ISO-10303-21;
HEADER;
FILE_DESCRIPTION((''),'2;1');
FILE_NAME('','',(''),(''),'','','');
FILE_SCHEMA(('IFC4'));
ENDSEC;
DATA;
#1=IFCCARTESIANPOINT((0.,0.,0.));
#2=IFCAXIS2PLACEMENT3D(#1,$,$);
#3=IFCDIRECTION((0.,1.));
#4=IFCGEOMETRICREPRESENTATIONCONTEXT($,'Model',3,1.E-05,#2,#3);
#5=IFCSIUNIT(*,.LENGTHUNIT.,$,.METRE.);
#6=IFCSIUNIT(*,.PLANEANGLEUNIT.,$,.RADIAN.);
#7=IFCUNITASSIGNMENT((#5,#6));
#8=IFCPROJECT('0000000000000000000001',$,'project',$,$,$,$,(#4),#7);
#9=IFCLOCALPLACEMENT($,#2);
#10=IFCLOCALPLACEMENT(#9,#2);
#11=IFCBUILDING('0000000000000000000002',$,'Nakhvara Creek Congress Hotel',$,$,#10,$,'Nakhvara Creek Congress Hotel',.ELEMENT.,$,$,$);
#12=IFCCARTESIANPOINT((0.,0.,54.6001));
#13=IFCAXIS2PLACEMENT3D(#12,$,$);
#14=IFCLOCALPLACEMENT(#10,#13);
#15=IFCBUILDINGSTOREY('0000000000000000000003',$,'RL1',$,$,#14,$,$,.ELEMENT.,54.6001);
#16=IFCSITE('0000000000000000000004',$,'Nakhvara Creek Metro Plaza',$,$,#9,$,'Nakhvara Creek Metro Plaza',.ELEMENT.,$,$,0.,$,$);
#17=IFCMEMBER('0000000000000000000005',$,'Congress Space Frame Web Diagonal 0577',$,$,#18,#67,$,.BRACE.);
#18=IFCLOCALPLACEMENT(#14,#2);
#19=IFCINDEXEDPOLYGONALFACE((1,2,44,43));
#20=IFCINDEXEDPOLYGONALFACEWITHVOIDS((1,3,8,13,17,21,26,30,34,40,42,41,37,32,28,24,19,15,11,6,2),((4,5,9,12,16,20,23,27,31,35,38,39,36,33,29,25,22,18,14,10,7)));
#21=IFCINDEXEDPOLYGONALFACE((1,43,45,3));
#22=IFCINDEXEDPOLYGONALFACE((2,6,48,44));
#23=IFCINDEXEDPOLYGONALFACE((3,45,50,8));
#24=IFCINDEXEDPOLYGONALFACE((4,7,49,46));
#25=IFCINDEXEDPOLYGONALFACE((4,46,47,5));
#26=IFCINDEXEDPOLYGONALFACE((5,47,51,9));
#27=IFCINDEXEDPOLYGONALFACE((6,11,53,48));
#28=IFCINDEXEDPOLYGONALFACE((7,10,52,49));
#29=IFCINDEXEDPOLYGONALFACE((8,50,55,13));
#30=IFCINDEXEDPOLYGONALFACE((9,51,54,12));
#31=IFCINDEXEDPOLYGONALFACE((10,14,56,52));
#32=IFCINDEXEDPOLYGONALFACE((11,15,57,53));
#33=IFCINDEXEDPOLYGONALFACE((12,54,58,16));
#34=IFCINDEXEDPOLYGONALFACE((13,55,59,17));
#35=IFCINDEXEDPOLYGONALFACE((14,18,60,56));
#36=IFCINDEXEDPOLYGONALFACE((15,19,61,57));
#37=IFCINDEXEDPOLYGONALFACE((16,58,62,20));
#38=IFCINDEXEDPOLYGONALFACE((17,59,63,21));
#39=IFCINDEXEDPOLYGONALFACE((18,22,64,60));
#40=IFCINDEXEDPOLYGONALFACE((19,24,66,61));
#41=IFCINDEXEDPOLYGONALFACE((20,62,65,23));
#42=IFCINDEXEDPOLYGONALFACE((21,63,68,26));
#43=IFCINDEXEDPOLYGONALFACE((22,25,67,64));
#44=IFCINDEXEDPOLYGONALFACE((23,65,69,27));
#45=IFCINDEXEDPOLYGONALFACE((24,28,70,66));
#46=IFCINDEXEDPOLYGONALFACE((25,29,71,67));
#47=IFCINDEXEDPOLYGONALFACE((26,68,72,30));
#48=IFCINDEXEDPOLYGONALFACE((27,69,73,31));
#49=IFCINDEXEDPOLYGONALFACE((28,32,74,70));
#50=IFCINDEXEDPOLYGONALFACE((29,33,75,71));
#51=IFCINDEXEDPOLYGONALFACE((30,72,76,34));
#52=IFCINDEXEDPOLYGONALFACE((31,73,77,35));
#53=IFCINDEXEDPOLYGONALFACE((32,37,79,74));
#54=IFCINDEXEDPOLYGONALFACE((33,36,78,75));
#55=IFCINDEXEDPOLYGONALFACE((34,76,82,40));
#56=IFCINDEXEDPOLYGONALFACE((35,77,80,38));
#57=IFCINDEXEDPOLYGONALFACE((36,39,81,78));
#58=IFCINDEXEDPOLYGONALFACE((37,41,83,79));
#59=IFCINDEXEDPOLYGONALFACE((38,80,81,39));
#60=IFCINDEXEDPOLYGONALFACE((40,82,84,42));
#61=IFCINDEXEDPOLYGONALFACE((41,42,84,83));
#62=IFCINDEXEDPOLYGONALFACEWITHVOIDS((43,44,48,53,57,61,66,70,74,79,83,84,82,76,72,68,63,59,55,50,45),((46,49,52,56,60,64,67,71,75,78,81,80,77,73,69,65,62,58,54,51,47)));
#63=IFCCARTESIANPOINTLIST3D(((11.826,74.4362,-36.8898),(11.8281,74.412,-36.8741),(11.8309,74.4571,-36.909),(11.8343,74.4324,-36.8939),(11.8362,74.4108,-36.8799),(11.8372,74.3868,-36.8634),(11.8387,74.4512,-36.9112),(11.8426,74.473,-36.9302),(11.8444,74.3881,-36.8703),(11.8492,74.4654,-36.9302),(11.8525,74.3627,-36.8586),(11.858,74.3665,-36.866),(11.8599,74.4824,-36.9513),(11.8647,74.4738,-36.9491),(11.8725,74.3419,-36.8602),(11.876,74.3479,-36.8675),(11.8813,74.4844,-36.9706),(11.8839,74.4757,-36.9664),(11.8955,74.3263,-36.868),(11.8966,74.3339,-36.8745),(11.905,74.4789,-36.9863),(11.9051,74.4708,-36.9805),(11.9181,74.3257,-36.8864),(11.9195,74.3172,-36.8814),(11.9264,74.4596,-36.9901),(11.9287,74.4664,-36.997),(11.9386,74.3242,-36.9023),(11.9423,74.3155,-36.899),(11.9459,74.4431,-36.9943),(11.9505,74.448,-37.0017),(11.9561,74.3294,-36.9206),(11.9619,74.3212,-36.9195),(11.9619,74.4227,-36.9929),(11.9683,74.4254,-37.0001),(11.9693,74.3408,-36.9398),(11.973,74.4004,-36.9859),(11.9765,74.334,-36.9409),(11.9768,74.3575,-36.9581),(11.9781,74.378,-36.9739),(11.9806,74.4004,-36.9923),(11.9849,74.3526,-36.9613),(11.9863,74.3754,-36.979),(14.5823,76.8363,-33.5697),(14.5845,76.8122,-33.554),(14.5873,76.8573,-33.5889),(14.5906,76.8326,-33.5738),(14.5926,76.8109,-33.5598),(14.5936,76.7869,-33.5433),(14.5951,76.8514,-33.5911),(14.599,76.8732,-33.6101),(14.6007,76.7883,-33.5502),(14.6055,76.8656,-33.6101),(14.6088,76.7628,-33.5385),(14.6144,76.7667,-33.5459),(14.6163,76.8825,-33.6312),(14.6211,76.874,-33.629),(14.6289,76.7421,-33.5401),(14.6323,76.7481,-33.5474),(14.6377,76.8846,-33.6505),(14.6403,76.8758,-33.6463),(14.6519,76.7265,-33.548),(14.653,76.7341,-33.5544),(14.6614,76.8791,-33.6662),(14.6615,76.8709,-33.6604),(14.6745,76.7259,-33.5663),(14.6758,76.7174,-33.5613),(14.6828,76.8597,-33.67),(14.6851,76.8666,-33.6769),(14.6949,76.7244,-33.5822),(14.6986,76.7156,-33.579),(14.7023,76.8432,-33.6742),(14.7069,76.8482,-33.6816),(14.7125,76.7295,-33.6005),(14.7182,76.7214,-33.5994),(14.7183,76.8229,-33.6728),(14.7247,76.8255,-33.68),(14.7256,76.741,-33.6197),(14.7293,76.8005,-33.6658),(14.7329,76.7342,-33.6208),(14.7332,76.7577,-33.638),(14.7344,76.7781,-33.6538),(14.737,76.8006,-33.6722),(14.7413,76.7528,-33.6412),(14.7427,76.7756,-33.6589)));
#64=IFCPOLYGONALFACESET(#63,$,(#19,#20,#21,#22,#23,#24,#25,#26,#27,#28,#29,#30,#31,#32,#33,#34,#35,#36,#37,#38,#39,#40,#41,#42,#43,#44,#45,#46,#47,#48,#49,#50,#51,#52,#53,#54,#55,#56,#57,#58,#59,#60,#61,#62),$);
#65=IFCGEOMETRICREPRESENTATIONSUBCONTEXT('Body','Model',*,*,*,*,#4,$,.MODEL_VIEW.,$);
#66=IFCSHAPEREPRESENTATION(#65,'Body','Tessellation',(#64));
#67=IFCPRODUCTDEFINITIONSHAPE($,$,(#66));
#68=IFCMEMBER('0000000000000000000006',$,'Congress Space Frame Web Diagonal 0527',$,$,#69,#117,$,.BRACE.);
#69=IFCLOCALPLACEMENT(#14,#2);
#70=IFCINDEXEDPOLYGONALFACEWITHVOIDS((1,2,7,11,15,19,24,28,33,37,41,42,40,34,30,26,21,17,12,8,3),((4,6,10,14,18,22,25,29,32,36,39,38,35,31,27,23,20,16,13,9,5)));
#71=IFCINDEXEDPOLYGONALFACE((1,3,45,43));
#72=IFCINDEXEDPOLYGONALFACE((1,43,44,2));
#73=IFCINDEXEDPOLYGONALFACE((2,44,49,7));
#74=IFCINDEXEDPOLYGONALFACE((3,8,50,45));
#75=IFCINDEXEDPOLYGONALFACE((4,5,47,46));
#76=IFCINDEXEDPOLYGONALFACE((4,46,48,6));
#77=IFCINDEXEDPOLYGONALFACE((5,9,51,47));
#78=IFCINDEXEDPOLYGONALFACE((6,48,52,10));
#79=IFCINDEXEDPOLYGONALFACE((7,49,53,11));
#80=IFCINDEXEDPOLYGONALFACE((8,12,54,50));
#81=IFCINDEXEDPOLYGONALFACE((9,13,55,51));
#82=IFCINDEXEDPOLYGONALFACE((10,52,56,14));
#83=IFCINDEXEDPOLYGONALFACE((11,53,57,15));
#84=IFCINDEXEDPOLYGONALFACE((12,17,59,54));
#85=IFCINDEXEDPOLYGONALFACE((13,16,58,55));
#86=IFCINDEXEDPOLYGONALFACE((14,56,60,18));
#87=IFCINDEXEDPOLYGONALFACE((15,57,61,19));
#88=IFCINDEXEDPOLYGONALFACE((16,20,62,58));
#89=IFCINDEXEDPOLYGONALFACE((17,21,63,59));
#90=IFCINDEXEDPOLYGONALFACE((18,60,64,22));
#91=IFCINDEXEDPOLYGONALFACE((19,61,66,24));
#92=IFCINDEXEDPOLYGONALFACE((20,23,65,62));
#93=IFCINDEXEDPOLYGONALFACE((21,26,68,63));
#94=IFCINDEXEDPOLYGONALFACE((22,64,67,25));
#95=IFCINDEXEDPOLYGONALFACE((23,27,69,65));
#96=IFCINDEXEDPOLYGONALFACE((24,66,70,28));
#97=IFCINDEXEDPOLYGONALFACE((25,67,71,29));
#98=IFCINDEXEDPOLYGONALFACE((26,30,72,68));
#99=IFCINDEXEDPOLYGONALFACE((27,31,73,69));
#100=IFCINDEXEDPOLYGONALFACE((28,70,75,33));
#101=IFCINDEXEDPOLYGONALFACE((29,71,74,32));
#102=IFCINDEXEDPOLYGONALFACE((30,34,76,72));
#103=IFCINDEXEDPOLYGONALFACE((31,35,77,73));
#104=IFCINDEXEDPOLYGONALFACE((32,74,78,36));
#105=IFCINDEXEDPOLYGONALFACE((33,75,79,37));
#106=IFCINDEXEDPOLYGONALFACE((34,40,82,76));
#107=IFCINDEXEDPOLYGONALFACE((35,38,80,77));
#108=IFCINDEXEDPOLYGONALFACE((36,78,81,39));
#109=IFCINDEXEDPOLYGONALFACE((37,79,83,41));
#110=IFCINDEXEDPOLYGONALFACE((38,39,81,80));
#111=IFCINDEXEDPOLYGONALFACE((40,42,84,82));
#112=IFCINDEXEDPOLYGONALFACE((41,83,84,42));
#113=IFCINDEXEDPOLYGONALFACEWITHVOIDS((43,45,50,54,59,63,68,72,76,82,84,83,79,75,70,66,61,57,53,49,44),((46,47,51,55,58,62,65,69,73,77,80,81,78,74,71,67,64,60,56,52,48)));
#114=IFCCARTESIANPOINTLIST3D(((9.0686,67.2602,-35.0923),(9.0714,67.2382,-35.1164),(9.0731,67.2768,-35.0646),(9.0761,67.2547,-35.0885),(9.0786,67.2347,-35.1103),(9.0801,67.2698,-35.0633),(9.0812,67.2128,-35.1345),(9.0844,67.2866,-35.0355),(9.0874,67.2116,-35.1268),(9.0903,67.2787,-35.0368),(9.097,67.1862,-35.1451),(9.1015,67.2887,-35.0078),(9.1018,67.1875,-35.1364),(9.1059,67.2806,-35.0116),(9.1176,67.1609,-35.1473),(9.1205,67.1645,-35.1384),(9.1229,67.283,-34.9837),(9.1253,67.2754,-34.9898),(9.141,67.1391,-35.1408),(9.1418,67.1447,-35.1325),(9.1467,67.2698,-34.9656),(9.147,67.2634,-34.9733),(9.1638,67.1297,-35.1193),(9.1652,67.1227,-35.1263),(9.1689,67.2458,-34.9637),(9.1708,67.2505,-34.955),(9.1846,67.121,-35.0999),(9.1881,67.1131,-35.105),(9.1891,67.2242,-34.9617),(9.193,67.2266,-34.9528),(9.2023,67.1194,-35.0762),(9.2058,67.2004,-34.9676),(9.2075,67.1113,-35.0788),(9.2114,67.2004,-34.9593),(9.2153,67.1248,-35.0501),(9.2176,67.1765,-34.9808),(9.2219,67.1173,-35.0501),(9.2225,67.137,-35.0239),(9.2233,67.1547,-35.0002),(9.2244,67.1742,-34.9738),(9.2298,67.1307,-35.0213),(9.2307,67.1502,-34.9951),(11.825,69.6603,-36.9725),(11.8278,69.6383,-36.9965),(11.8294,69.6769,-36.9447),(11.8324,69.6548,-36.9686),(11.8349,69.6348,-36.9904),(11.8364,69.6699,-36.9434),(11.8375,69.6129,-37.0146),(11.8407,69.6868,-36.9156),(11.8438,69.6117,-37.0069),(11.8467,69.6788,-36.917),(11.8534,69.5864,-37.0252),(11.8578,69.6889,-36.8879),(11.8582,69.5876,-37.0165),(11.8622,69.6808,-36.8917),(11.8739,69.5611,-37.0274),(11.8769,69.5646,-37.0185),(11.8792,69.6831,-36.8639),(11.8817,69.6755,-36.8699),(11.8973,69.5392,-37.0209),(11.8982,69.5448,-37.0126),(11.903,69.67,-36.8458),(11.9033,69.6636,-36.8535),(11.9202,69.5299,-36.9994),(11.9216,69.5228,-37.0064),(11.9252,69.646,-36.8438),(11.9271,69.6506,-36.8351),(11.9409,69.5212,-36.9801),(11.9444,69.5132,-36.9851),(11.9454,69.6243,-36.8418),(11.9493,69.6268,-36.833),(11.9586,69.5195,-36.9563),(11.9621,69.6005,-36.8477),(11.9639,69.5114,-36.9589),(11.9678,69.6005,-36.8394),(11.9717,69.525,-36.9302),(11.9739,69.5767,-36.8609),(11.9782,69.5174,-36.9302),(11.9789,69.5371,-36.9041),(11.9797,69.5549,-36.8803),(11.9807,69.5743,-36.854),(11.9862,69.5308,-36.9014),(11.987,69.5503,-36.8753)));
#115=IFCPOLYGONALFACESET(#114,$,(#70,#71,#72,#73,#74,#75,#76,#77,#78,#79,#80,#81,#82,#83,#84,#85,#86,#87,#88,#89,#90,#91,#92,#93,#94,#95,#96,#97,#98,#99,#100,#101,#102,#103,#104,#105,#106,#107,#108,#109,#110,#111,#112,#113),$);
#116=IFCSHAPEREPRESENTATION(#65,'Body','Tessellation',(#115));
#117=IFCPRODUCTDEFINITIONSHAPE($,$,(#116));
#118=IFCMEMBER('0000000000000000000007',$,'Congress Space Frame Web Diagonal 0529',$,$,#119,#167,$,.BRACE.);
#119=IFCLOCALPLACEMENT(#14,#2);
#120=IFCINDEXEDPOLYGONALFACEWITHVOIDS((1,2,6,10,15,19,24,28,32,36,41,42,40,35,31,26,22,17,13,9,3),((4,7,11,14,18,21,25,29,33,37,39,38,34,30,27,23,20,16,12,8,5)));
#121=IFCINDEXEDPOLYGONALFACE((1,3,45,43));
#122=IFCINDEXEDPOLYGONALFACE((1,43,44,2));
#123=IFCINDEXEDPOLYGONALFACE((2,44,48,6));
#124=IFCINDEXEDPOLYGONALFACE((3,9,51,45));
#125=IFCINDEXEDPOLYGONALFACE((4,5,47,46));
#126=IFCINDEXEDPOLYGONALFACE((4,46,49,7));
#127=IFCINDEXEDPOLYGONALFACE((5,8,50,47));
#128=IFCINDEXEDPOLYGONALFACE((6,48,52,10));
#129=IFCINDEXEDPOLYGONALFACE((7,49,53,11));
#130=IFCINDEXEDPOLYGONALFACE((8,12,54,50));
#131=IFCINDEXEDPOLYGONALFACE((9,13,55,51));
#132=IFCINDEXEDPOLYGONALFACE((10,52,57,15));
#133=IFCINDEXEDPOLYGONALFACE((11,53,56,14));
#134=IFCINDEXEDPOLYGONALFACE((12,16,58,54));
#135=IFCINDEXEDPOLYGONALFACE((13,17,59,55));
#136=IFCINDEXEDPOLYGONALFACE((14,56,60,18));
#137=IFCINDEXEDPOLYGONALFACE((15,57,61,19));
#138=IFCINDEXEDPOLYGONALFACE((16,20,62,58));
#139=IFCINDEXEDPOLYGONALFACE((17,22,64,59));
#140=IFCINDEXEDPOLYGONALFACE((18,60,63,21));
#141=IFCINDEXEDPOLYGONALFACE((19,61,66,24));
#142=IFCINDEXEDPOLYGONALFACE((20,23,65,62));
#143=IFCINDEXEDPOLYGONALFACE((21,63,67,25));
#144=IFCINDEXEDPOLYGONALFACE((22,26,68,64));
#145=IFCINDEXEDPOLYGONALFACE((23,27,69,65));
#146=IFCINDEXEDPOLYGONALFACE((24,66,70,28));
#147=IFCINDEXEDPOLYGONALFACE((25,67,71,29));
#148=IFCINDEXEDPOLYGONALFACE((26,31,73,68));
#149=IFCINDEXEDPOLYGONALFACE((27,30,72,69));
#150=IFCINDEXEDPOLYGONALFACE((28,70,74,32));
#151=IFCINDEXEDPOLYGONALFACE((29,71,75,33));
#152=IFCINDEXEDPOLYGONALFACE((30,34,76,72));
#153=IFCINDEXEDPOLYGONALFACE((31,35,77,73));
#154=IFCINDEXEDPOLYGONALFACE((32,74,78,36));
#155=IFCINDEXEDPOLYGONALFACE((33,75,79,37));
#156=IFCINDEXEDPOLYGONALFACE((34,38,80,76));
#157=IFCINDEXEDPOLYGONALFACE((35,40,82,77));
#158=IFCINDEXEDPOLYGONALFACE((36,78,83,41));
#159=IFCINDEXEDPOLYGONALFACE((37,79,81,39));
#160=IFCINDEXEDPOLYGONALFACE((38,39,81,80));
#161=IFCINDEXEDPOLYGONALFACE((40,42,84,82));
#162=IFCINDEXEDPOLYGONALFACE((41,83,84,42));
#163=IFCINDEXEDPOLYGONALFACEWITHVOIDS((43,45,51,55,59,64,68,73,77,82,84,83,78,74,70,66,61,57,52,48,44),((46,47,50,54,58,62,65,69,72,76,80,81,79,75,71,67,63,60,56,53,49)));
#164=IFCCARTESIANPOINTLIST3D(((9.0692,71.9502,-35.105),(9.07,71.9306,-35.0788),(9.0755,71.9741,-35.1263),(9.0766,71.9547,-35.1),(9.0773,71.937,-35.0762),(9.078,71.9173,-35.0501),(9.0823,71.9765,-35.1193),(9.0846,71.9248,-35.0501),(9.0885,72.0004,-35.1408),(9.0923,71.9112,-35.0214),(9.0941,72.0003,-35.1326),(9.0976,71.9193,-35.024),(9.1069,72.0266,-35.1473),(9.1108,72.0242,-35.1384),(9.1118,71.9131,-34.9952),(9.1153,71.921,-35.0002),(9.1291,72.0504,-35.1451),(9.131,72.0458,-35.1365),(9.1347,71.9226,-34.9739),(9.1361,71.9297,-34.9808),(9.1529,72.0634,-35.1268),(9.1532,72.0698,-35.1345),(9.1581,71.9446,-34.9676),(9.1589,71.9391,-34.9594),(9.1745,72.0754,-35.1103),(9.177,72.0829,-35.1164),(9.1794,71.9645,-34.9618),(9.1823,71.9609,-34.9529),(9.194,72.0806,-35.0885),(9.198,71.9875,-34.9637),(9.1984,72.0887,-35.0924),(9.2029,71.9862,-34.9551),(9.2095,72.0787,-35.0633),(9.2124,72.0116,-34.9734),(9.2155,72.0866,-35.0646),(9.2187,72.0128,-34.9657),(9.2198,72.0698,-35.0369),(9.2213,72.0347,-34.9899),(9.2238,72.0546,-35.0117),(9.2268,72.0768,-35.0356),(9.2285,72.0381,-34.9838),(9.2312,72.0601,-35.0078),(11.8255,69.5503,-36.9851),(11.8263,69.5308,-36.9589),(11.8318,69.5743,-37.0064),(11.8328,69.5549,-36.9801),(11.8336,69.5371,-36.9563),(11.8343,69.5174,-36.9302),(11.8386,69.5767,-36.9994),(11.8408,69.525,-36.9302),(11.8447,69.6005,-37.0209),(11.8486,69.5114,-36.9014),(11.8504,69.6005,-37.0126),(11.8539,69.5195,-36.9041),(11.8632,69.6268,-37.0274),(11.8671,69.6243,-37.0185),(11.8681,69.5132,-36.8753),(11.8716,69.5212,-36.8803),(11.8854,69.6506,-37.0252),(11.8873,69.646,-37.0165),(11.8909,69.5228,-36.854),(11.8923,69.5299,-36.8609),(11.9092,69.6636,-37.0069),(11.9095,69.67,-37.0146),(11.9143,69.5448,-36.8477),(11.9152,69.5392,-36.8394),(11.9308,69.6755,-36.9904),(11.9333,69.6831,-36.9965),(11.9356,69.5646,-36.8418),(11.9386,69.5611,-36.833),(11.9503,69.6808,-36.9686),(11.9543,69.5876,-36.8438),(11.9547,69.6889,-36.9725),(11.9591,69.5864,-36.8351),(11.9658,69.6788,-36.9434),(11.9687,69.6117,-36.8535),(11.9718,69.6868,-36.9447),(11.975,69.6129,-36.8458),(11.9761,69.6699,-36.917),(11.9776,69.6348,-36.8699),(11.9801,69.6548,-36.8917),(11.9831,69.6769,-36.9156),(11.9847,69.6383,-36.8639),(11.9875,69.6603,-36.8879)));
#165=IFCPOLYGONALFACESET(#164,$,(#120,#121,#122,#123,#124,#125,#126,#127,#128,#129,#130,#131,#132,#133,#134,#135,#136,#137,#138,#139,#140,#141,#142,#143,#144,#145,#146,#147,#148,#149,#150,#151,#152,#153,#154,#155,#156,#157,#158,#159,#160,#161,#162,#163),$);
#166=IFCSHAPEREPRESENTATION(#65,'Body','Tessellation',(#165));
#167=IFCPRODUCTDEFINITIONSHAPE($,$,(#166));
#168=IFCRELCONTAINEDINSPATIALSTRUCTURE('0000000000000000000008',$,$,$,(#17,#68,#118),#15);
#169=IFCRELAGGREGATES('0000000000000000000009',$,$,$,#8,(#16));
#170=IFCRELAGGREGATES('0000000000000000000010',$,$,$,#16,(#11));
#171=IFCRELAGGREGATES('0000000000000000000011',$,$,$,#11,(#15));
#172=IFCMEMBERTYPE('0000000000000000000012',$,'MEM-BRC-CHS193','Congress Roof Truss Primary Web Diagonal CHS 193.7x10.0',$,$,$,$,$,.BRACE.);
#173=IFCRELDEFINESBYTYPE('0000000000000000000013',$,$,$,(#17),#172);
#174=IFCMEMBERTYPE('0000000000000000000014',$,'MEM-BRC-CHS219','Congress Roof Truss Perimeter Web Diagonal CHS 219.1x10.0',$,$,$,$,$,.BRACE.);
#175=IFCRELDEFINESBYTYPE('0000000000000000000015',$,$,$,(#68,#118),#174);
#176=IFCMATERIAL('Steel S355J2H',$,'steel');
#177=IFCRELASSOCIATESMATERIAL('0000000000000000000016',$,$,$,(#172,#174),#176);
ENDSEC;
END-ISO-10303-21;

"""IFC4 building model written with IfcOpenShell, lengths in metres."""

from ifc_helpers import new_model, si_unit, direction, frame, origin, origin_2d, place, context, subcontext, project, spatial, hollow_circle, extrude, material, material_profile, profile_set, type_object, element, save


model = new_model("IFC4")

# Units and contexts
model_context = context("Model", 3, precision=1e-05, world=origin(), true_north=direction((0.0, 1.0)))
body_context = subcontext(model_context, "Body", "Model", "MODEL_VIEW")
ifc_project = project(units=[si_unit("LENGTHUNIT", "METRE"), si_unit("PLANEANGLEUNIT", "RADIAN")], contexts=[model_context])

# Site, building, storey
site_placement = place(None, origin())
site = spatial("IfcSite", under=ifc_project, at=site_placement, Name="Nakhvara Creek Metro Plaza", LongName="Nakhvara Creek Metro Plaza", CompositionType="ELEMENT", RefElevation=0.0)
building_placement = place(site_placement, origin())
building = spatial("IfcBuilding", under=site, at=building_placement, Name="Nakhvara Creek Congress Hotel", LongName="Nakhvara Creek Congress Hotel", CompositionType="ELEMENT")
storey_placement = place(building_placement, frame((0.0, 0.0, 54.6001)))
storey = spatial("IfcBuildingStorey", under=building, at=storey_placement, Name="RL1", CompositionType="ELEMENT", Elevation=54.6001)

# Members
ifc_material_1 = material(Name="Steel S355J2H", Category="steel")
ifc_material_profile_1 = material_profile(ifc_material_1, hollow_circle(Radius=0.0969, WallThickness=0.01, at=origin_2d()), Name="CHS 193.7x10.0", Category="LoadBearing")
ifc_profile_set_1 = profile_set([ifc_material_profile_1], Name="Steel S355J2H")
member_type_1 = type_object("IfcMemberType", Name="MEM-BRC-CHS193", Description="Congress Roof Truss Primary Web Diagonal CHS 193.7x10.0", PredefinedType="BRACE", material=ifc_profile_set_1)
member_1_placement = place(storey_placement, frame((11.9062, 74.3999, -36.9302), z_axis=(0.558224, 0.486085, 0.67239), x_axis=(-0.656696, 0.754155, 0.0)))
element("IfcMember", 1, at=member_1_placement, inside=storey, type_object=member_type_1, Name="Congress Space Frame Web Diagonal 0577", PredefinedType="BRACE", context=body_context, shape_type="SweptSolid", body=[
    extrude(hollow_circle(Radius=0.0969, WallThickness=0.01, at=origin_2d()), origin(), (0.0, 0.0, 1.0), 4.9377),
])
ifc_material_profile_2 = material_profile(ifc_material_1, hollow_circle(Radius=0.1096, WallThickness=0.01, at=origin_2d()), Name="CHS 219.1x10.0", Category="LoadBearing")
ifc_profile_set_2 = profile_set([ifc_material_profile_2], Name="Steel S355J2H")
member_type_2 = type_object("IfcMemberType", Name="MEM-BRC-CHS219", Description="Congress Roof Truss Perimeter Web Diagonal CHS 219.1x10.0", PredefinedType="BRACE", material=ifc_profile_set_2)
member_2_placement = place(storey_placement, frame((11.9062, 69.6001, -36.9302), z_axis=(-0.670626, -0.583961, 0.457439), x_axis=(0.656696, -0.754155, 0.0)))
element("IfcMember", 2, at=member_2_placement, inside=storey, type_object=member_type_2, Name="Congress Space Frame Web Diagonal 0527", PredefinedType="BRACE", context=body_context, shape_type="SweptSolid", body=[
    extrude(hollow_circle(Radius=0.1096, WallThickness=0.01, at=origin_2d()), origin(), (0.0, 0.0, 1.0), 4.1101),
])
for number, where, z_axis, x_axis, name in (
    (3, (11.9062, 69.6001, -36.9302), (-0.670649, 0.583922, 0.457455), (-0.656658, -0.754188, 0.0), "Congress Space Frame Web Diagonal 0529"),
):
    element("IfcMember", number, at=place(storey_placement, frame(where, z_axis=z_axis, x_axis=x_axis)), inside=storey, type_object=member_type_2, Name=name, PredefinedType="BRACE", context=body_context, shape_type="SweptSolid", body=[
        extrude(hollow_circle(Radius=0.1096, WallThickness=0.01, at=origin_2d()), origin(), (0.0, 0.0, 1.0), 4.1099),
    ])

save(model, "model.ifc")
